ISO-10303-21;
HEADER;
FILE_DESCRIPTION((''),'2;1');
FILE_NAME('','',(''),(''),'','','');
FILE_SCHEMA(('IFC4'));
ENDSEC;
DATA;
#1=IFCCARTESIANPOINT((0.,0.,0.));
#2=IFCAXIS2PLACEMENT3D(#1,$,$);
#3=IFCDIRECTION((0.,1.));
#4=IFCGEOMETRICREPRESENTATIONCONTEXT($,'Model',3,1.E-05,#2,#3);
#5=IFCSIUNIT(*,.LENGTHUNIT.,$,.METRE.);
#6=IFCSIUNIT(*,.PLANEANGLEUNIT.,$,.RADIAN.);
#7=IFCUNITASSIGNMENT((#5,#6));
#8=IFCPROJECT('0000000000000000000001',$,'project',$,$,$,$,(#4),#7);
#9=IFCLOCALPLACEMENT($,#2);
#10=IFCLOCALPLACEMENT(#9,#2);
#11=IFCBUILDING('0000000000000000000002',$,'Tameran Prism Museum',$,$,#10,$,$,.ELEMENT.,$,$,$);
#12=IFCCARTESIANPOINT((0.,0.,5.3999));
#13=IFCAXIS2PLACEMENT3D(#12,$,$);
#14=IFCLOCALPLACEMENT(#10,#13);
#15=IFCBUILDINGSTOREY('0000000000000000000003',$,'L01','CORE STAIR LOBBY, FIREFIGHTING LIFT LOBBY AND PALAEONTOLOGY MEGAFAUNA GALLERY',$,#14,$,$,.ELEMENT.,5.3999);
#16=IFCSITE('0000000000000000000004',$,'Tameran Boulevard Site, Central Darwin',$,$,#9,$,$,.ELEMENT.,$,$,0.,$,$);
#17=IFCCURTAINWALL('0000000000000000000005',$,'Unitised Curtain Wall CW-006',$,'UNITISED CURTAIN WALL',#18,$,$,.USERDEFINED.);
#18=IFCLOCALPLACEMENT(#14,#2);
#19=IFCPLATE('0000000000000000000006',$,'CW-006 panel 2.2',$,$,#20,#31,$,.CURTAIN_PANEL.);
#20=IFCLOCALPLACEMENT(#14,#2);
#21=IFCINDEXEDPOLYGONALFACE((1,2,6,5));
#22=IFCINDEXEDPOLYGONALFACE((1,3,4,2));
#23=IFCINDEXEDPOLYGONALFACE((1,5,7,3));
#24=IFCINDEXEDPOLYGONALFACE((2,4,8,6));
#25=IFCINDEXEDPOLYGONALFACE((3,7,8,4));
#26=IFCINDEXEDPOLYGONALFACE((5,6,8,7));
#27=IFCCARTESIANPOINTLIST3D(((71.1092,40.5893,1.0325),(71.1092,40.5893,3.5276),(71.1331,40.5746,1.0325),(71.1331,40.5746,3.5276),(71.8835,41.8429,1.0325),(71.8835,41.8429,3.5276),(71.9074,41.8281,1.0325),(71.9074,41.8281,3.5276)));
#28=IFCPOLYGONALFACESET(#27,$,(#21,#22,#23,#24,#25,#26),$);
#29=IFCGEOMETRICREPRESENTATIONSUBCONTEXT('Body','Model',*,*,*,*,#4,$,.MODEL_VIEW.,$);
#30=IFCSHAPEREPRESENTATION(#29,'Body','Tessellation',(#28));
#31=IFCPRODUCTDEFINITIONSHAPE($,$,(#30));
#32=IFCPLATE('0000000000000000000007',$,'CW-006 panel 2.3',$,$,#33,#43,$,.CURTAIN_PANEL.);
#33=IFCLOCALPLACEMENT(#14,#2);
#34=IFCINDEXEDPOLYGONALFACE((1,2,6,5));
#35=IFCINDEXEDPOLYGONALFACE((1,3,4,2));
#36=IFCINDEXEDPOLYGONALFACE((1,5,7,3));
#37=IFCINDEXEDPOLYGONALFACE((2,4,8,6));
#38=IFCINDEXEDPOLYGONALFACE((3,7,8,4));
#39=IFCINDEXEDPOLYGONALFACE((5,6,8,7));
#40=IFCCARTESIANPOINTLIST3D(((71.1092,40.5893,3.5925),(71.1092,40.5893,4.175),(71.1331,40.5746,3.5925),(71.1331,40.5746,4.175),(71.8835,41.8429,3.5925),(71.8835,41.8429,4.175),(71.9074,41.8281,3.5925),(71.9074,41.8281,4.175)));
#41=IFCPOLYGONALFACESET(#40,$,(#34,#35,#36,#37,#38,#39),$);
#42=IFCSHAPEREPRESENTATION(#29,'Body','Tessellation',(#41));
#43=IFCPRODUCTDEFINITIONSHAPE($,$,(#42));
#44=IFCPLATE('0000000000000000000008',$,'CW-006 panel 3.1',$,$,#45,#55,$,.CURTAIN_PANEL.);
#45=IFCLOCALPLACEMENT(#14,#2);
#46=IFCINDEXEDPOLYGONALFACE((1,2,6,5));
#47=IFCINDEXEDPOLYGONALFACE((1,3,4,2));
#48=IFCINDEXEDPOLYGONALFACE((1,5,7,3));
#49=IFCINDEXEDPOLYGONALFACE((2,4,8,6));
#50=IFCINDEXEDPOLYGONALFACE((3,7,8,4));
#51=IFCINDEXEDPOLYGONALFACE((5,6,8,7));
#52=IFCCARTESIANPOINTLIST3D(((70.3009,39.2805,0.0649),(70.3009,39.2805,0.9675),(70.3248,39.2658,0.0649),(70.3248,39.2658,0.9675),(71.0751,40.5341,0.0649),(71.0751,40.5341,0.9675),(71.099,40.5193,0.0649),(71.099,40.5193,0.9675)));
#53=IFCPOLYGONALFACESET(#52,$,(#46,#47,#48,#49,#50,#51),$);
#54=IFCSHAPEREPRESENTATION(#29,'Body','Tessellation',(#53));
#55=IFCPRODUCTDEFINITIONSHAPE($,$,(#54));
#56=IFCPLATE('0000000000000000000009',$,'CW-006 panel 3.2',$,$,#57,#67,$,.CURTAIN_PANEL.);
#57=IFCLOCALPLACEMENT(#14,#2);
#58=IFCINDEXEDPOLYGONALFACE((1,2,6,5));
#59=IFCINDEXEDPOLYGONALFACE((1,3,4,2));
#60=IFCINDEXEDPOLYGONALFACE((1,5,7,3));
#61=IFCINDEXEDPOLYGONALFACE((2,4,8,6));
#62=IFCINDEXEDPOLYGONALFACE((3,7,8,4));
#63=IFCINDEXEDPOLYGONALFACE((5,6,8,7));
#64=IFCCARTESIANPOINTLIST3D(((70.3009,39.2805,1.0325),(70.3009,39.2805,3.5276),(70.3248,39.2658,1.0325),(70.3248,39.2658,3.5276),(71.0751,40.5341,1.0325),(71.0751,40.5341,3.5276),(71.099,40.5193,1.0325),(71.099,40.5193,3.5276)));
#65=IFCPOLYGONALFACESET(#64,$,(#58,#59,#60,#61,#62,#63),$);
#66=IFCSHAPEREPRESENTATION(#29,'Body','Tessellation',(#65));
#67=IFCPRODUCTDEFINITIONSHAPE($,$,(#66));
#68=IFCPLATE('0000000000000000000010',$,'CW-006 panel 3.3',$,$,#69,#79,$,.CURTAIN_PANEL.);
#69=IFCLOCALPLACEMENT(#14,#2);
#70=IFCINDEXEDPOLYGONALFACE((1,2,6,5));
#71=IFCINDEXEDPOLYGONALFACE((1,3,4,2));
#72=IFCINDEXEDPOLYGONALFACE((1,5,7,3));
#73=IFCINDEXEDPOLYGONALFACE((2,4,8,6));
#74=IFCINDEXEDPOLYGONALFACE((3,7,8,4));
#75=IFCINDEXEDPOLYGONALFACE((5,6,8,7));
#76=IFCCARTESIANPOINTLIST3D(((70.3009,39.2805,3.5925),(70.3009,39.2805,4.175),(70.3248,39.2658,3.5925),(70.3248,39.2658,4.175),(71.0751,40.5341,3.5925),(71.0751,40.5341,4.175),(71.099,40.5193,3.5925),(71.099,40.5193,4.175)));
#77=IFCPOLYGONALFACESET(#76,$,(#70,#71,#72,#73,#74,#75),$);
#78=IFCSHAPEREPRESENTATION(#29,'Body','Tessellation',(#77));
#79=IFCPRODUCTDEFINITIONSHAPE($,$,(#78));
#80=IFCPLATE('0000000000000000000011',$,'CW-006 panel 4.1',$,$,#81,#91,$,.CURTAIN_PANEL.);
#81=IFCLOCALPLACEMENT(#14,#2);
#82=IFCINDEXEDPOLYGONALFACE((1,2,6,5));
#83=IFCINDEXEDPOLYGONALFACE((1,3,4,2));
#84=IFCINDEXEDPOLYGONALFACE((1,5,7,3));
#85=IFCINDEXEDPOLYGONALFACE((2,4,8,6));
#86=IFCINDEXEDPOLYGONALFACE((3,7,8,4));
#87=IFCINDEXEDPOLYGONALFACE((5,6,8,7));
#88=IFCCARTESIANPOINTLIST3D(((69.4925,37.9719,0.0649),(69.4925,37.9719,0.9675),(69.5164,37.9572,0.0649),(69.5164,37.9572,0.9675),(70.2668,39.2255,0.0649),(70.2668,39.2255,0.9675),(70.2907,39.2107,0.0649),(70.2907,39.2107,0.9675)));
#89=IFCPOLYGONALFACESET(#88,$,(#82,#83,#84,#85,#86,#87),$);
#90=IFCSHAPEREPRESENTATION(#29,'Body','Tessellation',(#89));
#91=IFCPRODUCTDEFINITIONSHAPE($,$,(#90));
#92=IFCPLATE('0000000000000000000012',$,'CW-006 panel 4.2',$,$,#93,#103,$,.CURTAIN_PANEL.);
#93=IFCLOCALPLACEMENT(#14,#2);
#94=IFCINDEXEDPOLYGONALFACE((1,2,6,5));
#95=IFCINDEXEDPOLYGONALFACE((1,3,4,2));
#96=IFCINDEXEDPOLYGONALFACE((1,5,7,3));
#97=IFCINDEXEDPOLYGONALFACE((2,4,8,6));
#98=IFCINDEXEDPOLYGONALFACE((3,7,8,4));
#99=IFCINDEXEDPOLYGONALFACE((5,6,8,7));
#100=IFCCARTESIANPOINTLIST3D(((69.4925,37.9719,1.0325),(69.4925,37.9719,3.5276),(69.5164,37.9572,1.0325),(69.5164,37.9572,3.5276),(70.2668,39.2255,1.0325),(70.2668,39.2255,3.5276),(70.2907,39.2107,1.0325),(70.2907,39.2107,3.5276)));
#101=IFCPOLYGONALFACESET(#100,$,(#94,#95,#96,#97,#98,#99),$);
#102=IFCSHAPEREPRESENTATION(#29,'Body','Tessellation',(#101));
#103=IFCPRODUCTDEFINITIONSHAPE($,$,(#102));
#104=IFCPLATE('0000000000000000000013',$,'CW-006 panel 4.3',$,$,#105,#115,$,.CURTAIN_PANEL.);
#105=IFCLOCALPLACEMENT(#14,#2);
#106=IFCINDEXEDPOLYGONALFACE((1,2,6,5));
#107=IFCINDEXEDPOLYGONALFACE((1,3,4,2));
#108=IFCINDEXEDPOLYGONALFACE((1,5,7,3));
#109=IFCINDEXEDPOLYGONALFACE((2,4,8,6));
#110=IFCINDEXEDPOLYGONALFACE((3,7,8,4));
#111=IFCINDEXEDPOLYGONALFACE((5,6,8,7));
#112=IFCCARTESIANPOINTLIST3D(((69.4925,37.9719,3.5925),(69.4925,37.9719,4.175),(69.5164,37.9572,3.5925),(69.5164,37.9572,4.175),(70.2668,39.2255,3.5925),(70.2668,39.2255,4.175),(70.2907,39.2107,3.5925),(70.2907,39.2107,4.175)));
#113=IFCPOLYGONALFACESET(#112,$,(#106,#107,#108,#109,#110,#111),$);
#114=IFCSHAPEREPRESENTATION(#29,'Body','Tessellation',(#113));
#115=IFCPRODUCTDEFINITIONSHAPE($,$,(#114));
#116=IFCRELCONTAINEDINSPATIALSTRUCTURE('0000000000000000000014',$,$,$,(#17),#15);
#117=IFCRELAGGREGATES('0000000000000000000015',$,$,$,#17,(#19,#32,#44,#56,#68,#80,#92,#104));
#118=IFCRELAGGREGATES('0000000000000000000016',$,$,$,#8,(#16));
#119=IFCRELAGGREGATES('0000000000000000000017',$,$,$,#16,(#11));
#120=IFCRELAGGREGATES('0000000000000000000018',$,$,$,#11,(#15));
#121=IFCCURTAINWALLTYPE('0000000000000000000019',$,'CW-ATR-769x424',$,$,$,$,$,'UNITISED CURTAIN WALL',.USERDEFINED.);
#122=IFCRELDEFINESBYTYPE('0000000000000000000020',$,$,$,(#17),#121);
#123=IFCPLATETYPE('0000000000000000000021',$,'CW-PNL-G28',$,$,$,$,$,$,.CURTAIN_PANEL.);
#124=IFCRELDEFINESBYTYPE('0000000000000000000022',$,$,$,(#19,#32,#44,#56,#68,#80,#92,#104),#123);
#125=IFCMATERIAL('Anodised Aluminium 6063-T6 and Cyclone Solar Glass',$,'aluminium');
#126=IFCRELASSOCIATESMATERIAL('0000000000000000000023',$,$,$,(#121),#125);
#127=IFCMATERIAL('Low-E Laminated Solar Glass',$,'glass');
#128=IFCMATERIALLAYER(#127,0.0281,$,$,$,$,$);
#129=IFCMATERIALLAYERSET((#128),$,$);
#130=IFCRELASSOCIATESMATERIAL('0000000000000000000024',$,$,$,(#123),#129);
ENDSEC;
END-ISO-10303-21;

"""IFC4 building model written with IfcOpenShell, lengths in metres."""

from ifc_helpers import new_model, si_unit, direction, frame, origin, origin_2d, place, context, subcontext, project, spatial, rectangle, extrude, material, layer, layer_set, type_object, element, aggregate, save


model = new_model("IFC4")

# Units and contexts
model_context = context("Model", 3, precision=1e-05, world=origin(), true_north=direction((0.0, 1.0)))
body_context = subcontext(model_context, "Body", "Model", "MODEL_VIEW")
ifc_project = project(units=[si_unit("LENGTHUNIT", "METRE"), si_unit("PLANEANGLEUNIT", "RADIAN")], contexts=[model_context])

# Site, building, storey
site_placement = place(None, origin())
site = spatial("IfcSite", under=ifc_project, at=site_placement, Name="Tameran Boulevard Site, Central Darwin", CompositionType="ELEMENT", RefElevation=0.0)
building_placement = place(site_placement, origin())
building = spatial("IfcBuilding", under=site, at=building_placement, Name="Tameran Prism Museum", CompositionType="ELEMENT")
storey_placement = place(building_placement, frame((0.0, 0.0, 5.3999)))
storey = spatial("IfcBuildingStorey", under=building, at=storey_placement, Name="L01", Description="CORE STAIR LOBBY, FIREFIGHTING LIFT LOBBY AND PALAEONTOLOGY MEGAFAUNA GALLERY", CompositionType="ELEMENT", Elevation=5.3999)

# Curtain wall
ifc_material_1 = material(Name="Anodised Aluminium 6063-T6 and Cyclone Solar Glass", Category="aluminium")
curtain_wall_type = type_object("IfcCurtainWallType", Name="CW-ATR-769x424", ElementType="UNITISED CURTAIN WALL", PredefinedType="USERDEFINED", material=ifc_material_1)
curtain_wall_1_placement = place(storey_placement, origin())
curtain_wall_1 = element("IfcCurtainWall", 1, at=curtain_wall_1_placement, inside=storey, type_object=curtain_wall_type, Name="Unitised Curtain Wall CW-006", ObjectType="UNITISED CURTAIN WALL", PredefinedType="USERDEFINED")

# Plates
ifc_material_2 = material(Name="Low-E Laminated Solar Glass", Category="glass")
ifc_layer_1 = layer(ifc_material_2, 0.0281)
ifc_layer_set_1 = layer_set([ifc_layer_1])
plate_type = type_object("IfcPlateType", Name="CW-PNL-G28", PredefinedType="CURTAIN_PANEL", material=ifc_layer_set_1)
plate_1_placement = place(storey_placement, frame((71.5083, 41.2087, 1.0325), z_axis=(0.0, 0.0, 1.0), x_axis=(-0.525504, -0.850791, 0.0)))
plate_1 = element("IfcPlate", 2, at=plate_1_placement, type_object=plate_type, Name="CW-006 panel 2.2", PredefinedType="CURTAIN_PANEL", context=body_context, shape_type="SweptSolid", body=[
    extrude(rectangle(XDim=1.4734, YDim=0.0281, at=origin_2d()), origin(), (0.0, 0.0, 1.0), 2.4951),
])
plate_2_placement = place(storey_placement, frame((71.5083, 41.2087, 3.5925), z_axis=(0.0, 0.0, 1.0), x_axis=(-0.525504, -0.850791, 0.0)))
plate_2 = element("IfcPlate", 3, at=plate_2_placement, type_object=plate_type, Name="CW-006 panel 2.3", PredefinedType="CURTAIN_PANEL", context=body_context, shape_type="SweptSolid", body=[
    extrude(rectangle(XDim=1.4734, YDim=0.0281, at=origin_2d()), origin(), (0.0, 0.0, 1.0), 0.5825),
])
plate_3_placement = place(storey_placement, frame((70.7, 39.8999, 0.0649), z_axis=(0.0, 0.0, 1.0), x_axis=(-0.525504, -0.850791, 0.0)))
plate_3 = element("IfcPlate", 4, at=plate_3_placement, type_object=plate_type, Name="CW-006 panel 3.1", PredefinedType="CURTAIN_PANEL", context=body_context, shape_type="SweptSolid", body=[
    extrude(rectangle(XDim=1.4734, YDim=0.0281, at=origin_2d()), origin(), (0.0, 0.0, 1.0), 0.9026),
])
plate_4_placement = place(storey_placement, frame((70.7, 39.8999, 1.0325), z_axis=(0.0, 0.0, 1.0), x_axis=(-0.525504, -0.850791, 0.0)))
plate_4 = element("IfcPlate", 5, at=plate_4_placement, type_object=plate_type, Name="CW-006 panel 3.2", PredefinedType="CURTAIN_PANEL", context=body_context, shape_type="SweptSolid", body=[
    extrude(rectangle(XDim=1.4734, YDim=0.0281, at=origin_2d()), origin(), (0.0, 0.0, 1.0), 2.4951),
])
plate_5_placement = place(storey_placement, frame((70.7, 39.8999, 3.5925), z_axis=(0.0, 0.0, 1.0), x_axis=(-0.525504, -0.850791, 0.0)))
plate_5 = element("IfcPlate", 6, at=plate_5_placement, type_object=plate_type, Name="CW-006 panel 3.3", PredefinedType="CURTAIN_PANEL", context=body_context, shape_type="SweptSolid", body=[
    extrude(rectangle(XDim=1.4734, YDim=0.0281, at=origin_2d()), origin(), (0.0, 0.0, 1.0), 0.5825),
])
plate_6_placement = place(storey_placement, frame((69.8916, 38.5913, 0.0649), z_axis=(0.0, 0.0, 1.0), x_axis=(-0.525504, -0.850791, 0.0)))
plate_6 = element("IfcPlate", 7, at=plate_6_placement, type_object=plate_type, Name="CW-006 panel 4.1", PredefinedType="CURTAIN_PANEL", context=body_context, shape_type="SweptSolid", body=[
    extrude(rectangle(XDim=1.4734, YDim=0.0281, at=origin_2d()), origin(), (0.0, 0.0, 1.0), 0.9026),
])
plate_7_placement = place(storey_placement, frame((69.8916, 38.5913, 1.0325), z_axis=(0.0, 0.0, 1.0), x_axis=(-0.525504, -0.850791, 0.0)))
plate_7 = element("IfcPlate", 8, at=plate_7_placement, type_object=plate_type, Name="CW-006 panel 4.2", PredefinedType="CURTAIN_PANEL", context=body_context, shape_type="SweptSolid", body=[
    extrude(rectangle(XDim=1.4734, YDim=0.0281, at=origin_2d()), origin(), (0.0, 0.0, 1.0), 2.4951),
])
plate_8_placement = place(storey_placement, frame((69.8916, 38.5913, 3.5925), z_axis=(0.0, 0.0, 1.0), x_axis=(-0.525504, -0.850791, 0.0)))
plate_8 = element("IfcPlate", 9, at=plate_8_placement, type_object=plate_type, Name="CW-006 panel 4.3", PredefinedType="CURTAIN_PANEL", context=body_context, shape_type="SweptSolid", body=[
    extrude(rectangle(XDim=1.4734, YDim=0.0281, at=origin_2d()), origin(), (0.0, 0.0, 1.0), 0.5825),
])
aggregate(curtain_wall_1, [plate_1, plate_2, plate_3, plate_4, plate_5, plate_6, plate_7, plate_8])

save(model, "model.ifc")
